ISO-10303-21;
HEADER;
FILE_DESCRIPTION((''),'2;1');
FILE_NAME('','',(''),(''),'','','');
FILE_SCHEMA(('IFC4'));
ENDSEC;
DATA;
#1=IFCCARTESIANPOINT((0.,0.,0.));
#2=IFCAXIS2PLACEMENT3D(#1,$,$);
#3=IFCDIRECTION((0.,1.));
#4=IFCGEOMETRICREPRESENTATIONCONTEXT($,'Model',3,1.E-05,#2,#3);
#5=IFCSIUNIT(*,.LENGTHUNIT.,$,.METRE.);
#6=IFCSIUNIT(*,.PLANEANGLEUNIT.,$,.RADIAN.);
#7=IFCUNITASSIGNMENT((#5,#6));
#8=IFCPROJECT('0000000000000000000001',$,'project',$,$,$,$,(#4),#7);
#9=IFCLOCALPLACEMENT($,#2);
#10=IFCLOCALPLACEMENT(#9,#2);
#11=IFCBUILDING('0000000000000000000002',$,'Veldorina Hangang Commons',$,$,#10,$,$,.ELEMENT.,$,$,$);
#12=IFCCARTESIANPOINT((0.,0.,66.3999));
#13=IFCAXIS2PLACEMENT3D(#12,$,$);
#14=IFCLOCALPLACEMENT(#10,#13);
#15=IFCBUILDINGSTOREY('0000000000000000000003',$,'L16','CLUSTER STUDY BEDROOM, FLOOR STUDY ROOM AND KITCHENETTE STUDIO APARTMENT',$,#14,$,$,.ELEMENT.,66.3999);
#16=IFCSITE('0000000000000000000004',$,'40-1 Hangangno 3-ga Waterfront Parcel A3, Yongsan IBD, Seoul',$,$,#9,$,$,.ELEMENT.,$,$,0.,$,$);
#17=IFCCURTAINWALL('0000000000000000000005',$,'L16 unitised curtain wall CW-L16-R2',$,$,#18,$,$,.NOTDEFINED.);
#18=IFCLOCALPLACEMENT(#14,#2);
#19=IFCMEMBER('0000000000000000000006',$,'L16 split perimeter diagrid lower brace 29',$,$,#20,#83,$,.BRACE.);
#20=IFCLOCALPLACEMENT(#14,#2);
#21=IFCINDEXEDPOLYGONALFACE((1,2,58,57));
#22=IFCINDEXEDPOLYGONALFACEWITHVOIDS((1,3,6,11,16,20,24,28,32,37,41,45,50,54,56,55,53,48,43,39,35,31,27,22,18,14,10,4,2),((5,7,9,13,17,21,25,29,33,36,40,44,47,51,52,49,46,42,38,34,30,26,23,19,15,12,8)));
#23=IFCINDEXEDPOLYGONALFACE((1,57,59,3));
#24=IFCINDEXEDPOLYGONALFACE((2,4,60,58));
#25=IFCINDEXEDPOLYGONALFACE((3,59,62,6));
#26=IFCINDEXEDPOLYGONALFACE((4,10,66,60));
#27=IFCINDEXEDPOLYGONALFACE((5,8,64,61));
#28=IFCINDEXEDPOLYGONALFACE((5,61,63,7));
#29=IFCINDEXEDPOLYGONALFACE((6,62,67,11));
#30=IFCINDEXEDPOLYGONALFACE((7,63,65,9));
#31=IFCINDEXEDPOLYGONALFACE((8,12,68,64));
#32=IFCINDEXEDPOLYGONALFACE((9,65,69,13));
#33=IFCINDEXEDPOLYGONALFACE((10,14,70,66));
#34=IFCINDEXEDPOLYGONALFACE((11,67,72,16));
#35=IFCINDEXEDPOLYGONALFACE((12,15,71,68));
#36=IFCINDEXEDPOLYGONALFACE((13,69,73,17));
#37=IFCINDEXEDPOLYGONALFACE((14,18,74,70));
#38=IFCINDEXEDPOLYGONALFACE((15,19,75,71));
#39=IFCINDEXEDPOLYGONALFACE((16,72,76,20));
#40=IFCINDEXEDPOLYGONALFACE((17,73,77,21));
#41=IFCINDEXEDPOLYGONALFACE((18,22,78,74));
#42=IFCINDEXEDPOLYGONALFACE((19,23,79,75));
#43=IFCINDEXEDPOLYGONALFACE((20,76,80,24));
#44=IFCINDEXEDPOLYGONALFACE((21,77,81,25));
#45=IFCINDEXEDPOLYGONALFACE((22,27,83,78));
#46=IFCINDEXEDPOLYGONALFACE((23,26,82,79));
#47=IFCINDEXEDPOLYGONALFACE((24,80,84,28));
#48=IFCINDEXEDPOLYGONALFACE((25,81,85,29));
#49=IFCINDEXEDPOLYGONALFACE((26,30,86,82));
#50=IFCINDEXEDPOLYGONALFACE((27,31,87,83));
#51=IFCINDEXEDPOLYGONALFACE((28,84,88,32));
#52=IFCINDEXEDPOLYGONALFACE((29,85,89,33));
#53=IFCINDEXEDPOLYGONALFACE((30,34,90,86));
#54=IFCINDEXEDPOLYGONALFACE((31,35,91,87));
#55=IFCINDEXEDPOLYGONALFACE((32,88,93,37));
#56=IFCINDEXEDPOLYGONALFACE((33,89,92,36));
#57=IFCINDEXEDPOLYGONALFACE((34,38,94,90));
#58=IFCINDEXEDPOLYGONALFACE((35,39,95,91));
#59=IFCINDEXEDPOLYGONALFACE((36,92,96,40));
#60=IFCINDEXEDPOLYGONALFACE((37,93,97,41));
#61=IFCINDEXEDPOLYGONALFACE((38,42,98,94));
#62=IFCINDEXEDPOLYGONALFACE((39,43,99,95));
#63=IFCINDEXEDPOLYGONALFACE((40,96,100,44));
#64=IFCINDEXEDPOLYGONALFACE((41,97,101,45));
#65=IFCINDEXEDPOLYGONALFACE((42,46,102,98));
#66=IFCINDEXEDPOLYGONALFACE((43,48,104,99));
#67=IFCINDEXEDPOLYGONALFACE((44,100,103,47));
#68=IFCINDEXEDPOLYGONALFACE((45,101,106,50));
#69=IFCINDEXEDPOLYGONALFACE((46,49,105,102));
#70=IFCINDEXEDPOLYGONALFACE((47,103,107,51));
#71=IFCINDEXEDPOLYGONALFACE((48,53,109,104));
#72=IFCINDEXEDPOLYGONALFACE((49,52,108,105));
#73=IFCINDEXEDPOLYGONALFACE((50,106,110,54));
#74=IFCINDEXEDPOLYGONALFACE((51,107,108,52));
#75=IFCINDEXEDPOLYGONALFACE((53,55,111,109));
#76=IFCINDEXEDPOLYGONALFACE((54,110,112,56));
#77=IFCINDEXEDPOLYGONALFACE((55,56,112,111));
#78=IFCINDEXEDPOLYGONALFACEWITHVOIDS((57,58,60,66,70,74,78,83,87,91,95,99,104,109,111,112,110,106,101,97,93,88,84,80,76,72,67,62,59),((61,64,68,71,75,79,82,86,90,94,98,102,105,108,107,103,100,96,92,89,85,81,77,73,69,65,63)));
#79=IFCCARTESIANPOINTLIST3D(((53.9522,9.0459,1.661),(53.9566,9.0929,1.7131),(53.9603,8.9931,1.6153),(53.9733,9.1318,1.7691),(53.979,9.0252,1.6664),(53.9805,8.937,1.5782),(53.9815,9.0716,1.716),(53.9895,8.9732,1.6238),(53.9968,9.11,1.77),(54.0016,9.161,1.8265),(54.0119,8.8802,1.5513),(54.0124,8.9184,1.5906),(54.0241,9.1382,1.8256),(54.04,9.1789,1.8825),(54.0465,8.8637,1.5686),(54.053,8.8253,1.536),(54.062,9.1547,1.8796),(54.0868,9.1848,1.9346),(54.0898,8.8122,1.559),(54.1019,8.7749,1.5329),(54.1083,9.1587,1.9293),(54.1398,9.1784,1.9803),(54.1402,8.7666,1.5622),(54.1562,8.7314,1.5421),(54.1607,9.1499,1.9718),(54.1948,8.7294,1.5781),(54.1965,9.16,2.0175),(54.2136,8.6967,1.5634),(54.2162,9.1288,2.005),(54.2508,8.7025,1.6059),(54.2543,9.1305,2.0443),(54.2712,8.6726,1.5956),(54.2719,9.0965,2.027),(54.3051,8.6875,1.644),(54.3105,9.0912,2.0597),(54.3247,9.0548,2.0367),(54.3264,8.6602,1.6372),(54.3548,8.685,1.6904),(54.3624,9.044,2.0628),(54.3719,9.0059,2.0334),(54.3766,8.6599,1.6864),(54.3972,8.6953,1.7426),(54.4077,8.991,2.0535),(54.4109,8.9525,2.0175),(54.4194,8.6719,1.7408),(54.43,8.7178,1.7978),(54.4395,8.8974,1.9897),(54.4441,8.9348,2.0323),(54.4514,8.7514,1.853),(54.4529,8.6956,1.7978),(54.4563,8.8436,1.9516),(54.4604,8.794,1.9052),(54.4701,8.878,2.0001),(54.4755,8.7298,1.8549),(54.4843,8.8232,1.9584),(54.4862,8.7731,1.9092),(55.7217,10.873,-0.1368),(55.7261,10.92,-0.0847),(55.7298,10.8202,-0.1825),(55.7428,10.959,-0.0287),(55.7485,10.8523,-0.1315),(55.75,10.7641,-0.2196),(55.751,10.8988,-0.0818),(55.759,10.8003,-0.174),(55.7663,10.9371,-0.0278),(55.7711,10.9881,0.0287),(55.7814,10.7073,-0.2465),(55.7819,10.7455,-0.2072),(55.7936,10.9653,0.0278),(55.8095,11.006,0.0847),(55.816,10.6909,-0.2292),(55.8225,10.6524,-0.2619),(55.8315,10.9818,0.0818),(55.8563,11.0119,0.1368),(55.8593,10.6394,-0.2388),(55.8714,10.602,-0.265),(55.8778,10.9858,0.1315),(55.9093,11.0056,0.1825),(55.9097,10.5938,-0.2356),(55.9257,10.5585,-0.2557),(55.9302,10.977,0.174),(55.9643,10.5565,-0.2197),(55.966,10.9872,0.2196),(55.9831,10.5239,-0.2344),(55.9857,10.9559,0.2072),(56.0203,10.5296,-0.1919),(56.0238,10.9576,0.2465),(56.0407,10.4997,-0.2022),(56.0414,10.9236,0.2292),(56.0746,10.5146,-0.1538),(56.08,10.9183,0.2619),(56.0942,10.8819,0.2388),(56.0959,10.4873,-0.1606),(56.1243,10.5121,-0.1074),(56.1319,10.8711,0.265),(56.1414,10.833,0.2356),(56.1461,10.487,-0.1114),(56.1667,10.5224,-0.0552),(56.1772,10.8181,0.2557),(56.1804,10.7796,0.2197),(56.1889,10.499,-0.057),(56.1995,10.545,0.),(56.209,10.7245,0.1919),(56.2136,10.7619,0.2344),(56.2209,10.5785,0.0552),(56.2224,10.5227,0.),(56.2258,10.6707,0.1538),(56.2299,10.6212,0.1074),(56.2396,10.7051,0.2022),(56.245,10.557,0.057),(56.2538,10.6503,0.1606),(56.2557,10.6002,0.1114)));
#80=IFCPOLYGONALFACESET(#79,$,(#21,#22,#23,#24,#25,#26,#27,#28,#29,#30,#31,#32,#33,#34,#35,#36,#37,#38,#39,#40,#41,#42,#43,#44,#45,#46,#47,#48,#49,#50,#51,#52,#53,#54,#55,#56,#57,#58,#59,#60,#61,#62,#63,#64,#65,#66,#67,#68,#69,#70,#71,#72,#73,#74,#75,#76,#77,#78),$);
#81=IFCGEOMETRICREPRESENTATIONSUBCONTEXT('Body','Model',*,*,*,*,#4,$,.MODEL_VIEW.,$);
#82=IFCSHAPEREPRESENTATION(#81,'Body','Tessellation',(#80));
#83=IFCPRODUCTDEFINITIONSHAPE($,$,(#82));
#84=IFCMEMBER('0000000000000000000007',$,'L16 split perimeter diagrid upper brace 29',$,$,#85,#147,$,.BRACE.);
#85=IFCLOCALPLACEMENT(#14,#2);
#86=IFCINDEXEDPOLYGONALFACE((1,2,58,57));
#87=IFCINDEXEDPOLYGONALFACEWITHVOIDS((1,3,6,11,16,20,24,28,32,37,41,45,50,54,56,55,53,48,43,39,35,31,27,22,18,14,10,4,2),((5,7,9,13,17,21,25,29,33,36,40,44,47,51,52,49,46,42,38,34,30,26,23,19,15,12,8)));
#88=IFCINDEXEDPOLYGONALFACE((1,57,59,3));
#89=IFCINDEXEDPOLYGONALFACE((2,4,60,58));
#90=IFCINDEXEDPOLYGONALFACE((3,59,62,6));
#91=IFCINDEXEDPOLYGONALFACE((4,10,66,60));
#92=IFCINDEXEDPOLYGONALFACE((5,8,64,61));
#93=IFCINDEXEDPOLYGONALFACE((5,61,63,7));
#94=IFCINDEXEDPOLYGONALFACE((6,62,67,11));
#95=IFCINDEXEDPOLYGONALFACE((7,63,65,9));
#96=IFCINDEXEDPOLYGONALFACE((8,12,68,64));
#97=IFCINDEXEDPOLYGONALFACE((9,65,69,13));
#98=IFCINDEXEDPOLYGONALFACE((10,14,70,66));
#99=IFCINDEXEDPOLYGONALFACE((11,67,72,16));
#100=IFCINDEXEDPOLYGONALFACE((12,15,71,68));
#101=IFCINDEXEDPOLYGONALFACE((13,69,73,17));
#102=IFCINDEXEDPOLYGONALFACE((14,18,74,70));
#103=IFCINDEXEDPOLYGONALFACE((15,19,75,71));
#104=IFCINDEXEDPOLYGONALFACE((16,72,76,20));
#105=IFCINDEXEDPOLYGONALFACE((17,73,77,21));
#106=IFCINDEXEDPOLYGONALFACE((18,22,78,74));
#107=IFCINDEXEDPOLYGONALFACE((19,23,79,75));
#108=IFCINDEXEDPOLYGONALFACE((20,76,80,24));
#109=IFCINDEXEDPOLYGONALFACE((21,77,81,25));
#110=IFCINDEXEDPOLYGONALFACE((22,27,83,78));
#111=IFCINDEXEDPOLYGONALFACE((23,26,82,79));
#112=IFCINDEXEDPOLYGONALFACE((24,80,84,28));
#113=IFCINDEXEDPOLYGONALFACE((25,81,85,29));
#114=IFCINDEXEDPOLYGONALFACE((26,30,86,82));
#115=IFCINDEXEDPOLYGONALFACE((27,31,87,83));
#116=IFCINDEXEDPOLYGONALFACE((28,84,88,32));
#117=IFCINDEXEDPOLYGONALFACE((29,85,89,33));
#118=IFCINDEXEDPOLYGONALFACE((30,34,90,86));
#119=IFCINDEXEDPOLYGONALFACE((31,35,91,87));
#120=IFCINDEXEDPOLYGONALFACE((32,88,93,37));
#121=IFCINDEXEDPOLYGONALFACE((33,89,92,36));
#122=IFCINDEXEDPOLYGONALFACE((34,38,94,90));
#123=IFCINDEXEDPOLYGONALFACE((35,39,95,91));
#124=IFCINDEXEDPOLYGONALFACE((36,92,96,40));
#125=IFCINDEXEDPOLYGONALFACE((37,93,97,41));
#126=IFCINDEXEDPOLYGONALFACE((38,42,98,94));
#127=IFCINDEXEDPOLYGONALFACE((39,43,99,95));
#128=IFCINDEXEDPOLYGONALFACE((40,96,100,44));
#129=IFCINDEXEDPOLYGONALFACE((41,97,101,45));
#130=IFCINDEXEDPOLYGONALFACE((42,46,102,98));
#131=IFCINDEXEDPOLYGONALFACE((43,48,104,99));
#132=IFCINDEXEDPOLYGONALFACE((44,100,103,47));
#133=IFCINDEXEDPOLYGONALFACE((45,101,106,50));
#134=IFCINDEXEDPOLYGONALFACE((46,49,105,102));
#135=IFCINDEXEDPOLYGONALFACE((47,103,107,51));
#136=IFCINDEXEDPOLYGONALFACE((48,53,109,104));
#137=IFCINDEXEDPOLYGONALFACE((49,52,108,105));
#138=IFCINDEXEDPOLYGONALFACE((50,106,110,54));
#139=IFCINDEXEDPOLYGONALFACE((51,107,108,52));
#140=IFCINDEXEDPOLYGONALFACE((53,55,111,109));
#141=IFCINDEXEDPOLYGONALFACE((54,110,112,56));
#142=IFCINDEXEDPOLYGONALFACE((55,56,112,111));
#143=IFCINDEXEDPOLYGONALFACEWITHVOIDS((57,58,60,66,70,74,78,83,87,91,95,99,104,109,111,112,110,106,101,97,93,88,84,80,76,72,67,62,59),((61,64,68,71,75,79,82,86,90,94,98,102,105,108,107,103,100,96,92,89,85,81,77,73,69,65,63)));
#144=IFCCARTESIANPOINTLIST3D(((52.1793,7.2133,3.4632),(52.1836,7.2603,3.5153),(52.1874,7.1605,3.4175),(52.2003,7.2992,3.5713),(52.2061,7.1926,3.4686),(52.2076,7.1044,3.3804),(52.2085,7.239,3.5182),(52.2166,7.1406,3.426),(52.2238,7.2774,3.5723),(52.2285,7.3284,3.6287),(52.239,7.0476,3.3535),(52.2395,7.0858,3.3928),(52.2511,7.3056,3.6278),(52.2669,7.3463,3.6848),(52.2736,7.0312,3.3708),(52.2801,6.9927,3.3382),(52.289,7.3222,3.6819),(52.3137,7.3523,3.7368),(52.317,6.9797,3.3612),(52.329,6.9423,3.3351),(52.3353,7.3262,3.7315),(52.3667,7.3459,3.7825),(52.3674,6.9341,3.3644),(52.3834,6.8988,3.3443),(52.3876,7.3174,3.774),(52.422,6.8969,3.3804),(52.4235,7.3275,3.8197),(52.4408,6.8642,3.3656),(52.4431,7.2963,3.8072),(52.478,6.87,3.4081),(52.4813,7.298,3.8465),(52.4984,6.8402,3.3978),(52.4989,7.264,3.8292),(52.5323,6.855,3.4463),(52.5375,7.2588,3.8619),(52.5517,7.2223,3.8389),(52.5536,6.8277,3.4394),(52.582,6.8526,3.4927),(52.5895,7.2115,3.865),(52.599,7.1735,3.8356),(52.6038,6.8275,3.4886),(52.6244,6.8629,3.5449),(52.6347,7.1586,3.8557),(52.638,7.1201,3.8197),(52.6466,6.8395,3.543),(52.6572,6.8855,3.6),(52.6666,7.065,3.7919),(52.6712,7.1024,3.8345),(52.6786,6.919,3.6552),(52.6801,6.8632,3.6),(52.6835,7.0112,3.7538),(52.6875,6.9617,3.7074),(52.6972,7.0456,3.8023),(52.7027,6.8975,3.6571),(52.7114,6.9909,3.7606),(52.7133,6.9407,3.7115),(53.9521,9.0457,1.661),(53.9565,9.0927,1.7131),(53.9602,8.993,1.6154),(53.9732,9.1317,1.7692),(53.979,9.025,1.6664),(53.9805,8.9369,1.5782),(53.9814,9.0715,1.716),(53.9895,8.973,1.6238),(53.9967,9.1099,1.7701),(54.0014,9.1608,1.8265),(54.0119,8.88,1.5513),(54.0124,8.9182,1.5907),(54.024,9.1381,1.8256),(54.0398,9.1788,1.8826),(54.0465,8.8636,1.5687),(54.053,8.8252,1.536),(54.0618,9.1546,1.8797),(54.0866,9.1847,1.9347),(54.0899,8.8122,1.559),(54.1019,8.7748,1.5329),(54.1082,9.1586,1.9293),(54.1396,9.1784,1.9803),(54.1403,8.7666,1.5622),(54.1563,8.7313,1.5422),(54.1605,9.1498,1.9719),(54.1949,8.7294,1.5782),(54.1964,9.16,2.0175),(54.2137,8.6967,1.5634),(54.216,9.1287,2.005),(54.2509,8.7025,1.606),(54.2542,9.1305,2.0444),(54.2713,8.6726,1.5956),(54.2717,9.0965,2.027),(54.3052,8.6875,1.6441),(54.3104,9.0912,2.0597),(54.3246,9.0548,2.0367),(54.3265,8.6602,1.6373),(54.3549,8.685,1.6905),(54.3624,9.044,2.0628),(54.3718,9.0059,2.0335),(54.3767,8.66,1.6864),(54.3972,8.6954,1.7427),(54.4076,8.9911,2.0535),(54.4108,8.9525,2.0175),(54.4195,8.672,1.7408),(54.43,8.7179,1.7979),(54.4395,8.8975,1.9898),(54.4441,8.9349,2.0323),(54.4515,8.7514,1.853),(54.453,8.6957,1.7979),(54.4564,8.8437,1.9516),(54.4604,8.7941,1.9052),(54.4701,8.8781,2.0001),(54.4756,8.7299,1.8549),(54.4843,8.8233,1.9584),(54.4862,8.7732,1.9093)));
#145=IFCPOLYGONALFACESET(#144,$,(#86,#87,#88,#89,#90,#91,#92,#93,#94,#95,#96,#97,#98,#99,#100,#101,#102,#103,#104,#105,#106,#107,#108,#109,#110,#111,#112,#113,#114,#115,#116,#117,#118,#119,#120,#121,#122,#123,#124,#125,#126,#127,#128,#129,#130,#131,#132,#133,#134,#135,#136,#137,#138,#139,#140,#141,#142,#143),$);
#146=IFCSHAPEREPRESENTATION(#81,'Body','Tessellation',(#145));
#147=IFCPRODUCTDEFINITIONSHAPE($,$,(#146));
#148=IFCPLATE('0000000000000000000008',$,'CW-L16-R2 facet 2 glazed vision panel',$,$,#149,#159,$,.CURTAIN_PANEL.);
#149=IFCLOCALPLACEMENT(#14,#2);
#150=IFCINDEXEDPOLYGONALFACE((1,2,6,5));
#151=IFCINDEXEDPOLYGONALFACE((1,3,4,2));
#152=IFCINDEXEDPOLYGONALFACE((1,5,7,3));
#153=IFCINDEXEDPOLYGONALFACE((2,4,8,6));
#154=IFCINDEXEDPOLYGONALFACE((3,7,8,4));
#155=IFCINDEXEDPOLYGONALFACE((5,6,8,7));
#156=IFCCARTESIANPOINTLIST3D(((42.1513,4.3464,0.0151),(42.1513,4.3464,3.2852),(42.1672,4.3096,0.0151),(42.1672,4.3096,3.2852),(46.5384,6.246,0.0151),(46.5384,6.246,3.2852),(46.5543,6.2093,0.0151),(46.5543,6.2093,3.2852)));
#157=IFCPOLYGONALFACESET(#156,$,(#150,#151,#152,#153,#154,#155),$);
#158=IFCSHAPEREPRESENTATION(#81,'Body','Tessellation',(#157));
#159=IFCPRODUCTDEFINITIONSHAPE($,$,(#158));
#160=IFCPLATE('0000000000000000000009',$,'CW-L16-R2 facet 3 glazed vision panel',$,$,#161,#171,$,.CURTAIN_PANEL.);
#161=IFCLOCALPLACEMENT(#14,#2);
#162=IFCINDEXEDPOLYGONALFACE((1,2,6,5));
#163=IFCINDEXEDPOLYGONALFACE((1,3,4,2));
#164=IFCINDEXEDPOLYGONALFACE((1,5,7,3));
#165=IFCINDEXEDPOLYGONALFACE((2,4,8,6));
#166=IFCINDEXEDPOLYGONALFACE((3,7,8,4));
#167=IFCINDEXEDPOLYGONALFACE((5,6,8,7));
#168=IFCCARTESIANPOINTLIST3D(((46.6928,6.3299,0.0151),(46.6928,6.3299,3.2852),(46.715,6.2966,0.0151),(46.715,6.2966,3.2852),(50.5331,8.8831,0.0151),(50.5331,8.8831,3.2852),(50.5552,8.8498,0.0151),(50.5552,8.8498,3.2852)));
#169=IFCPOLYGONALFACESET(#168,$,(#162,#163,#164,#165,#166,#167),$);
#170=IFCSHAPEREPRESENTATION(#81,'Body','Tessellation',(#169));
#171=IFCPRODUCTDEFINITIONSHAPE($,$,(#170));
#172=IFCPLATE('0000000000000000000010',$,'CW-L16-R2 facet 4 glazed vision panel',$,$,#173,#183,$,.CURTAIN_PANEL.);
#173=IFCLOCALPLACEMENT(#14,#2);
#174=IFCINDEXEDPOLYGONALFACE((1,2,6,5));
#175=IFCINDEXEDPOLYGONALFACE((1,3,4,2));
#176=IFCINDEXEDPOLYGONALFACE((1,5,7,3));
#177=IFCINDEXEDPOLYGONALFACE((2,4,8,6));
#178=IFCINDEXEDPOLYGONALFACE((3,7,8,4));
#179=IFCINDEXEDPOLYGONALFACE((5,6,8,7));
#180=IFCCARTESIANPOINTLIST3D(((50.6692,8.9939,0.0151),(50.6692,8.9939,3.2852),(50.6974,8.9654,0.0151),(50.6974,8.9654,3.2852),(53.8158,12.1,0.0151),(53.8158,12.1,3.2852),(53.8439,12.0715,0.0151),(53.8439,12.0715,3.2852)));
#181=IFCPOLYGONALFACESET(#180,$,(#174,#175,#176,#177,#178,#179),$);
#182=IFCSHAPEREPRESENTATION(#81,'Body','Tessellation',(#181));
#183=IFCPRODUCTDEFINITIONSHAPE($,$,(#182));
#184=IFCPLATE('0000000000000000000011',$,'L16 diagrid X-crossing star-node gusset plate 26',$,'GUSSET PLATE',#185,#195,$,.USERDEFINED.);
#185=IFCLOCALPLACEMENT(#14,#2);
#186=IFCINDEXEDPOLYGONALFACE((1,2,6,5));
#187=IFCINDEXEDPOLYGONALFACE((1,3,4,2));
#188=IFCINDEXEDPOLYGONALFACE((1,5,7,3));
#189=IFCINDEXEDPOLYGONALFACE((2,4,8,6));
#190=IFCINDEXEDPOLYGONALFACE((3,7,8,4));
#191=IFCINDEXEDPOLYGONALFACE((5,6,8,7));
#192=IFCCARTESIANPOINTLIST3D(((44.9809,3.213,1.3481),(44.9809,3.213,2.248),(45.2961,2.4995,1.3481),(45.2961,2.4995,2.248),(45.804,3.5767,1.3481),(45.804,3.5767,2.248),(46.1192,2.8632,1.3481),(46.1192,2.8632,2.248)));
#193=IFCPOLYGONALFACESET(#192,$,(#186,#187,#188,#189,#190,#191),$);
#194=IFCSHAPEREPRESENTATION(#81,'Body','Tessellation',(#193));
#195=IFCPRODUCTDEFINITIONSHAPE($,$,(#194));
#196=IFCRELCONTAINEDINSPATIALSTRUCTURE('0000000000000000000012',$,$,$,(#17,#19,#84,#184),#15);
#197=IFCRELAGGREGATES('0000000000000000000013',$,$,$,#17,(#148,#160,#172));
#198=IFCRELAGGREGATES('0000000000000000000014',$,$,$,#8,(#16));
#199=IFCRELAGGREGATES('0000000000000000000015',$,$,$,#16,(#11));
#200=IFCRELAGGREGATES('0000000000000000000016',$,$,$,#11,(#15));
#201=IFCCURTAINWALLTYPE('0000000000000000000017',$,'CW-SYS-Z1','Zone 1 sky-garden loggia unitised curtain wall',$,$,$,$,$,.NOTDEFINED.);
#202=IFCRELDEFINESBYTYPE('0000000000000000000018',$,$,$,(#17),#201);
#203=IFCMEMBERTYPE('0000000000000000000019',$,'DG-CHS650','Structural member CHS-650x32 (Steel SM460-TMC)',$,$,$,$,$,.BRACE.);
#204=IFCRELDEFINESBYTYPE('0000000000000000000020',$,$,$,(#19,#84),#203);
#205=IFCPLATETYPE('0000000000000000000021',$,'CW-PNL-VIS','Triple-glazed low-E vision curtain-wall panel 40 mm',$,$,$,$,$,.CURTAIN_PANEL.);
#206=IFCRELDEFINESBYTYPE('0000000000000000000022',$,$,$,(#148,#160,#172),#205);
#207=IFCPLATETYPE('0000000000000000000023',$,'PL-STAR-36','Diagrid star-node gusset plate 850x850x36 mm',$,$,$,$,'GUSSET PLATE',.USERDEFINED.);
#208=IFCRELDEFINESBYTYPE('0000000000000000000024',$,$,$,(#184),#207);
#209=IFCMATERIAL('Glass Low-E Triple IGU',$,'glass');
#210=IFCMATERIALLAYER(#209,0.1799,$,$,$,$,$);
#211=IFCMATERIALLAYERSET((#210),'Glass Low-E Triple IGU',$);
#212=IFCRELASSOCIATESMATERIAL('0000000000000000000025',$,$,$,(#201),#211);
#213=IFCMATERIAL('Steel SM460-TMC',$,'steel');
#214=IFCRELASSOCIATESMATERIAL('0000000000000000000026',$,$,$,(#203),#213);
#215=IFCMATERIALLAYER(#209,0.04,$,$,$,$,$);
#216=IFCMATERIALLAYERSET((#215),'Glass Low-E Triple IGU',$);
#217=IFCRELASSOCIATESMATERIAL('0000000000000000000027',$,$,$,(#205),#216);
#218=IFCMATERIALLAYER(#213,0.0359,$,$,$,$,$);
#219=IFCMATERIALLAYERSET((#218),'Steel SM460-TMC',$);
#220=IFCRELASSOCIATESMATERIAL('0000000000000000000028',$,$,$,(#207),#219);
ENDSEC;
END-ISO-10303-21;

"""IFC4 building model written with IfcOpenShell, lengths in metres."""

from ifc_helpers import new_model, si_unit, direction, frame, origin, origin_2d, place, context, subcontext, project, spatial, rectangle, hollow_circle, extrude, material, layer, layer_set, material_profile, profile_set, type_object, element, aggregate, save


model = new_model("IFC4")

# Units and contexts
model_context = context("Model", 3, precision=1e-05, world=origin(), true_north=direction((0.0, 1.0)))
body_context = subcontext(model_context, "Body", "Model", "MODEL_VIEW")
ifc_project = project(units=[si_unit("LENGTHUNIT", "METRE"), si_unit("PLANEANGLEUNIT", "RADIAN")], contexts=[model_context])

# Site, building, storey
site_placement = place(None, origin())
site = spatial("IfcSite", under=ifc_project, at=site_placement, Name="40-1 Hangangno 3-ga Waterfront Parcel A3, Yongsan IBD, Seoul", CompositionType="ELEMENT", RefElevation=0.0)
building_placement = place(site_placement, origin())
building = spatial("IfcBuilding", under=site, at=building_placement, Name="Veldorina Hangang Commons", CompositionType="ELEMENT")
storey_placement = place(building_placement, frame((0.0, 0.0, 66.3999)))
storey = spatial("IfcBuildingStorey", under=building, at=storey_placement, Name="L16", Description="CLUSTER STUDY BEDROOM, FLOOR STUDY ROOM AND KITCHENETTE STUDIO APARTMENT", CompositionType="ELEMENT", Elevation=66.3999)

# Curtain wall
ifc_material_1 = material(Name="Glass Low-E Triple IGU", Category="glass")
ifc_layer_1 = layer(ifc_material_1, 0.1799)
ifc_layer_set_1 = layer_set([ifc_layer_1], Name="Glass Low-E Triple IGU")
curtain_wall_type = type_object("IfcCurtainWallType", Name="CW-SYS-Z1", Description="Zone 1 sky-garden loggia unitised curtain wall", PredefinedType="NOTDEFINED", material=ifc_layer_set_1)
curtain_wall_placement = place(storey_placement, origin())
curtain_wall = element("IfcCurtainWall", 1, at=curtain_wall_placement, inside=storey, type_object=curtain_wall_type, Name="L16 unitised curtain wall CW-L16-R2", PredefinedType="NOTDEFINED")

# Members
ifc_material_2 = material(Name="Steel SM460-TMC", Category="steel")
ifc_material_profile_1 = material_profile(ifc_material_2, hollow_circle(Radius=0.325, WallThickness=0.032, at=origin_2d()), Name="CHS-650x32")
ifc_profile_set_1 = profile_set([ifc_material_profile_1], Name="Steel SM460-TMC")
member_type_1 = type_object("IfcMemberType", Name="DG-CHS650", Description="Structural member CHS-650x32 (Steel SM460-TMC)", PredefinedType="BRACE", material=ifc_profile_set_1)
member_1_placement = place(storey_placement, frame((55.989, 10.7488, 0.0), z_axis=(-0.568104, -0.586602, 0.577196), x_axis=(0.718342, -0.69569, 0.0)))
element("IfcMember", 2, at=member_1_placement, inside=storey, type_object=member_type_1, Name="L16 split perimeter diagrid lower brace 29", PredefinedType="BRACE", context=body_context, shape_type="SweptSolid", body=[
    extrude(hollow_circle(Radius=0.325, WallThickness=0.032, at=origin_2d()), origin(), (0.0, 0.0, 1.0), 3.1147),
])
member_2_placement = place(storey_placement, frame((54.2195, 8.9216, 1.7979), z_axis=(-0.567811, -0.586889, 0.577193), x_axis=(0.718692, -0.695329, 0.0)))
element("IfcMember", 3, at=member_2_placement, inside=storey, type_object=member_type_1, Name="L16 split perimeter diagrid upper brace 29", PredefinedType="BRACE", context=body_context, shape_type="SweptSolid", body=[
    extrude(hollow_circle(Radius=0.325, WallThickness=0.032, at=origin_2d()), origin(), (0.0, 0.0, 1.0), 3.1223),
])

# Plates
ifc_layer_2 = layer(ifc_material_1, 0.04)
ifc_layer_set_2 = layer_set([ifc_layer_2], Name="Glass Low-E Triple IGU")
plate_type_1 = type_object("IfcPlateType", Name="CW-PNL-VIS", Description="Triple-glazed low-E vision curtain-wall panel 40 mm", PredefinedType="CURTAIN_PANEL", material=ifc_layer_set_2)
plate_1_placement = place(storey_placement, frame((44.3528, 5.2778, 0.0151), z_axis=(0.0, 0.0, 1.0), x_axis=(0.917664, 0.397356, 0.0)))
plate_1 = element("IfcPlate", 4, at=plate_1_placement, type_object=plate_type_1, Name="CW-L16-R2 facet 2 glazed vision panel", PredefinedType="CURTAIN_PANEL", context=body_context, shape_type="SweptSolid", body=[
    extrude(rectangle(XDim=4.7808, YDim=0.04, at=origin_2d()), origin(), (0.0, 0.0, 1.0), 3.27),
])
plate_2_placement = place(storey_placement, frame((48.624, 7.5898, 0.0151), z_axis=(0.0, 0.0, 1.0), x_axis=(0.832747, 0.553653, 0.0)))
plate_2 = element("IfcPlate", 5, at=plate_2_placement, type_object=plate_type_1, Name="CW-L16-R2 facet 3 glazed vision panel", PredefinedType="CURTAIN_PANEL", context=body_context, shape_type="SweptSolid", body=[
    extrude(rectangle(XDim=4.6116, YDim=0.04, at=origin_2d()), origin(), (0.0, 0.0, 1.0), 3.27),
])
plate_3_placement = place(storey_placement, frame((52.2566, 10.5327, 0.0151), z_axis=(0.0, 0.0, 1.0), x_axis=(0.711671, 0.702513, 0.0)))
plate_3 = element("IfcPlate", 6, at=plate_3_placement, type_object=plate_type_1, Name="CW-L16-R2 facet 4 glazed vision panel", PredefinedType="CURTAIN_PANEL", context=body_context, shape_type="SweptSolid", body=[
    extrude(rectangle(XDim=4.4214, YDim=0.04, at=origin_2d()), origin(), (0.0, 0.0, 1.0), 3.27),
])
aggregate(curtain_wall, [plate_1, plate_2, plate_3])

# Plate
ifc_layer_3 = layer(ifc_material_2, 0.0359)
ifc_layer_set_3 = layer_set([ifc_layer_3], Name="Steel SM460-TMC")
plate_type_2 = type_object("IfcPlateType", Name="PL-STAR-36", Description="Diagrid star-node gusset plate 850x850x36 mm", ElementType="GUSSET PLATE", PredefinedType="USERDEFINED", material=ifc_layer_set_3)
plate_4_placement = place(storey_placement, frame((45.55, 3.0381, 1.3481), z_axis=(0.0, 0.0, 1.0), x_axis=(0.914678, 0.404184, 0.0)))
element("IfcPlate", 7, at=plate_4_placement, inside=storey, type_object=plate_type_2, Name="L16 diagrid X-crossing star-node gusset plate 26", ObjectType="GUSSET PLATE", PredefinedType="USERDEFINED", context=body_context, shape_type="SweptSolid", body=[
    extrude(rectangle(XDim=0.8999, YDim=0.78, at=origin_2d()), origin(), (0.0, 0.0, 1.0), 0.8999),
])

save(model, "model.ifc")
